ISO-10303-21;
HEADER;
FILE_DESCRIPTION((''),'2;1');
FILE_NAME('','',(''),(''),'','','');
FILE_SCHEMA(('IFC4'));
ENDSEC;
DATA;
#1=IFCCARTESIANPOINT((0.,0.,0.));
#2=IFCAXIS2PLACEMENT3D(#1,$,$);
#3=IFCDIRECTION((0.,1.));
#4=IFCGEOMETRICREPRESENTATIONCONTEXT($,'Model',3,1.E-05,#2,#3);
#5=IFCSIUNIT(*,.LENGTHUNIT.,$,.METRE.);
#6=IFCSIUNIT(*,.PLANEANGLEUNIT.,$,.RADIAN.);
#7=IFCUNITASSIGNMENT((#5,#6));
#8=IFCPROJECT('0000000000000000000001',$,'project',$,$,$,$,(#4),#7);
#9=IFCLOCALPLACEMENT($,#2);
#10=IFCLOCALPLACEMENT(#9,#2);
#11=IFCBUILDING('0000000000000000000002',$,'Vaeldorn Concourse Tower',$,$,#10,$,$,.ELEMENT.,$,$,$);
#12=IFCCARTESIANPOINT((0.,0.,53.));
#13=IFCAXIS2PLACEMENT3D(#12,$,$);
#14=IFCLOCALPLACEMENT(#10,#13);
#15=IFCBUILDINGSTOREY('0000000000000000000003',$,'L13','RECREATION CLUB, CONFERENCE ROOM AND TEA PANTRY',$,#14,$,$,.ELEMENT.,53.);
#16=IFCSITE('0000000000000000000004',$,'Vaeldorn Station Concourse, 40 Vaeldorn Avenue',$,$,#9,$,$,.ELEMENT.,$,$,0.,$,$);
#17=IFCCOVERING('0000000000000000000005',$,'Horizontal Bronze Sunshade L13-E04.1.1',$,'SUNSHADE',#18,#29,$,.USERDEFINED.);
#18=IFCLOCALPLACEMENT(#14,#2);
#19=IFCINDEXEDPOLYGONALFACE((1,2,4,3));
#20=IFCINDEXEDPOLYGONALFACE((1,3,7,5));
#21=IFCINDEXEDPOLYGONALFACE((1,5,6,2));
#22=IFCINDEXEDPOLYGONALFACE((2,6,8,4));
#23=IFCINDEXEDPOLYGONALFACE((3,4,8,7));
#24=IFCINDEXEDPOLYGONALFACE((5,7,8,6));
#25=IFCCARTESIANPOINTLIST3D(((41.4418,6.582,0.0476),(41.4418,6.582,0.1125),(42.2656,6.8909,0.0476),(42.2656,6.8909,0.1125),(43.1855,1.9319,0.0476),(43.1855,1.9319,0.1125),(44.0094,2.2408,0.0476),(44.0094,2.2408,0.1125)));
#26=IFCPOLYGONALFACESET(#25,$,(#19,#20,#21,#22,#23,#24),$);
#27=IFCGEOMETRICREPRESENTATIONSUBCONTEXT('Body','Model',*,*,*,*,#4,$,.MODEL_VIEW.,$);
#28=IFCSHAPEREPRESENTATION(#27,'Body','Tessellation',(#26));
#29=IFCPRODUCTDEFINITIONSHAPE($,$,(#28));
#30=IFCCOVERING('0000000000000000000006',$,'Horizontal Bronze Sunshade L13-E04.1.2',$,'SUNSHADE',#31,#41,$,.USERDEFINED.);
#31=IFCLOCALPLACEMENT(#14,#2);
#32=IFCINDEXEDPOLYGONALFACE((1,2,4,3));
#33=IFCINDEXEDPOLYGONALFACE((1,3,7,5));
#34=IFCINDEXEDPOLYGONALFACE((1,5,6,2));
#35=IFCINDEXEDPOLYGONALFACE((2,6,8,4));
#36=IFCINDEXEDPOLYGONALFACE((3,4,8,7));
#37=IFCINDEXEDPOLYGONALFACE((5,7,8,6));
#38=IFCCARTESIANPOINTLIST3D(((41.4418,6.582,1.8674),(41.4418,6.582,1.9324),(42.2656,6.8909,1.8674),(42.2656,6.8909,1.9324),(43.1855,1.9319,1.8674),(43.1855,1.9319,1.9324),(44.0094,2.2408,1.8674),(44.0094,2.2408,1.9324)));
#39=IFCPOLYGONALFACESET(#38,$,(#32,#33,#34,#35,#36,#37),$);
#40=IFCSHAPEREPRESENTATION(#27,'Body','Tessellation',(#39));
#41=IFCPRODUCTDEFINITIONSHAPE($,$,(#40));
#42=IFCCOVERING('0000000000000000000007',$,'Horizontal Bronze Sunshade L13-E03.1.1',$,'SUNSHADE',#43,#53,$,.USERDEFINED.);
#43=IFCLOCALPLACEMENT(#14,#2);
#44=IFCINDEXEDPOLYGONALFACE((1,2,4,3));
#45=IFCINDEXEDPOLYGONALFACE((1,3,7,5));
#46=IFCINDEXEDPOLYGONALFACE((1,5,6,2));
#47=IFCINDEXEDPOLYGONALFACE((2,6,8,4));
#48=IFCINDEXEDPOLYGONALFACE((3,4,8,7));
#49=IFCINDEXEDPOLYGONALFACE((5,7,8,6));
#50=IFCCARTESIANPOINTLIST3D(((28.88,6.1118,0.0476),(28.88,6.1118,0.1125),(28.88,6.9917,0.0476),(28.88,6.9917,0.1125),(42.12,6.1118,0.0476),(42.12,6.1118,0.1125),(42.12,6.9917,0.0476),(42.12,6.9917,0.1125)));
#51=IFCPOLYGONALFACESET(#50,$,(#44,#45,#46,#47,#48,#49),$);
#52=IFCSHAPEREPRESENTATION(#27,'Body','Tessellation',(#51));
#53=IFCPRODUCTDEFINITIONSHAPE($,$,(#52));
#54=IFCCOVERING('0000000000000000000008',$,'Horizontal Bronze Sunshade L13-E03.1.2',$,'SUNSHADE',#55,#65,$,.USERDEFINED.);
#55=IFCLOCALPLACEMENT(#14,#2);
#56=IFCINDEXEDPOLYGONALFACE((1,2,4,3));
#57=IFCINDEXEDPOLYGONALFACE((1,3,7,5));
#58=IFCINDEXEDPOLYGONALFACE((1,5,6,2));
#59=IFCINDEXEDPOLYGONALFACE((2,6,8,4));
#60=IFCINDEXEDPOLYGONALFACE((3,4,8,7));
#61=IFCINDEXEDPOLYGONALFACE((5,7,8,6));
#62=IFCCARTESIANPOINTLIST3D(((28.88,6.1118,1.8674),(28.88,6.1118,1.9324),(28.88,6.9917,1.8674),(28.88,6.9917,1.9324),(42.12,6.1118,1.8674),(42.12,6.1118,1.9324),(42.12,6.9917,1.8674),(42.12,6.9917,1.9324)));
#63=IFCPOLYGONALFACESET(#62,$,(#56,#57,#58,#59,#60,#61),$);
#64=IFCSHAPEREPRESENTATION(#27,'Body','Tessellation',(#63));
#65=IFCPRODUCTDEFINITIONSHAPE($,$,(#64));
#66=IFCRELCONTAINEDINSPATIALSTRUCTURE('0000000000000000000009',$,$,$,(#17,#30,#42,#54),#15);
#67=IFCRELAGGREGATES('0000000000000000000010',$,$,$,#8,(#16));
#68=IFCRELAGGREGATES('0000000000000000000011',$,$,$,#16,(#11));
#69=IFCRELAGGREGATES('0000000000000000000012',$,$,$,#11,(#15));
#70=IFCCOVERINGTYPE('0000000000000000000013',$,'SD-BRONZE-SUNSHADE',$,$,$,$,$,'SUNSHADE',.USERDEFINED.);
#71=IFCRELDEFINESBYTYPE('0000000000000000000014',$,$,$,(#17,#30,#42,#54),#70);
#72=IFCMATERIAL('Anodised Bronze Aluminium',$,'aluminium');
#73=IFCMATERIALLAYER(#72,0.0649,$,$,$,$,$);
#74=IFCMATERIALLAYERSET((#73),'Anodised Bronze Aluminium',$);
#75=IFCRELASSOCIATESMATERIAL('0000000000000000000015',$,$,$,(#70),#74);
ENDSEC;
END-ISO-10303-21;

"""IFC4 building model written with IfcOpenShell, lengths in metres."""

from ifc_helpers import new_model, si_unit, direction, frame, origin, origin_2d, place, context, subcontext, project, spatial, rectangle, extrude, source, transform, mapped, material, layer, layer_set, type_object, element, save


model = new_model("IFC4")

# Units and contexts
model_context = context("Model", 3, precision=1e-05, world=origin(), true_north=direction((0.0, 1.0)))
body_context = subcontext(model_context, "Body", "Model", "MODEL_VIEW")
ifc_project = project(units=[si_unit("LENGTHUNIT", "METRE"), si_unit("PLANEANGLEUNIT", "RADIAN")], contexts=[model_context])

# Site, building, storey
site_placement = place(None, origin())
site = spatial("IfcSite", under=ifc_project, at=site_placement, Name="Vaeldorn Station Concourse, 40 Vaeldorn Avenue", CompositionType="ELEMENT", RefElevation=0.0)
building_placement = place(site_placement, origin())
building = spatial("IfcBuilding", under=site, at=building_placement, Name="Vaeldorn Concourse Tower", CompositionType="ELEMENT")
storey_placement = place(building_placement, frame((0.0, 0.0, 53.0)))
storey = spatial("IfcBuildingStorey", under=building, at=storey_placement, Name="L13", Description="RECREATION CLUB, CONFERENCE ROOM AND TEA PANTRY", CompositionType="ELEMENT", Elevation=53.0)

# Shared definitions
ifc_material_1 = material(Name="Anodised Bronze Aluminium", Category="aluminium")

# Coverings
ifc_layer_1 = layer(ifc_material_1, 0.0649)
ifc_layer_set_1 = layer_set([ifc_layer_1], Name="Anodised Bronze Aluminium")
covering_type = type_object("IfcCoveringType", Name="SD-BRONZE-SUNSHADE", ElementType="SUNSHADE", PredefinedType="USERDEFINED", material=ifc_layer_set_1)
shared_shape_1 = source(origin(), body_context, "Body", "SweptSolid", [
    extrude(rectangle(XDim=4.9663, YDim=0.8799, at=origin_2d()), origin(), (0.0, 0.0, 1.0), 0.0649),
])
for number, where, z_axis, x_axis, name in (
    (1, (42.7256, 4.4114, 0.0476), (0.0, 0.0, 1.0), (0.351123, -0.936329, 0.0), "Horizontal Bronze Sunshade L13-E04.1.1"),
    (2, (42.7256, 4.4114, 1.8674), (0.0, 0.0, 1.0), (0.351123, -0.936329, 0.0), "Horizontal Bronze Sunshade L13-E04.1.2"),
):
    element("IfcCovering", number, at=place(storey_placement, frame(where, z_axis=z_axis, x_axis=x_axis)), inside=storey, type_object=covering_type, Name=name, ObjectType="SUNSHADE", PredefinedType="USERDEFINED", context=body_context, shape_type="MappedRepresentation", body=[
        mapped(shared_shape_1, transform((0.0, 0.0, 0.0), scale=1.0)),
    ])
shared_shape_2 = source(origin(), body_context, "Body", "SweptSolid", [
    extrude(rectangle(XDim=13.24, YDim=0.8799, at=origin_2d()), origin(), (0.0, 0.0, 1.0), 0.0649),
])
for number, where, z_axis, x_axis, name in (
    (3, (35.5, 6.5518, 0.0476), (0.0, 0.0, 1.0), (1.0, 0.0, 0.0), "Horizontal Bronze Sunshade L13-E03.1.1"),
    (4, (35.5, 6.5518, 1.8674), (0.0, 0.0, 1.0), (1.0, 0.0, 0.0), "Horizontal Bronze Sunshade L13-E03.1.2"),
):
    element("IfcCovering", number, at=place(storey_placement, frame(where, z_axis=z_axis, x_axis=x_axis)), inside=storey, type_object=covering_type, Name=name, ObjectType="SUNSHADE", PredefinedType="USERDEFINED", context=body_context, shape_type="MappedRepresentation", body=[
        mapped(shared_shape_2, transform((0.0, 0.0, 0.0), scale=1.0)),
    ])

save(model, "model.ifc")
